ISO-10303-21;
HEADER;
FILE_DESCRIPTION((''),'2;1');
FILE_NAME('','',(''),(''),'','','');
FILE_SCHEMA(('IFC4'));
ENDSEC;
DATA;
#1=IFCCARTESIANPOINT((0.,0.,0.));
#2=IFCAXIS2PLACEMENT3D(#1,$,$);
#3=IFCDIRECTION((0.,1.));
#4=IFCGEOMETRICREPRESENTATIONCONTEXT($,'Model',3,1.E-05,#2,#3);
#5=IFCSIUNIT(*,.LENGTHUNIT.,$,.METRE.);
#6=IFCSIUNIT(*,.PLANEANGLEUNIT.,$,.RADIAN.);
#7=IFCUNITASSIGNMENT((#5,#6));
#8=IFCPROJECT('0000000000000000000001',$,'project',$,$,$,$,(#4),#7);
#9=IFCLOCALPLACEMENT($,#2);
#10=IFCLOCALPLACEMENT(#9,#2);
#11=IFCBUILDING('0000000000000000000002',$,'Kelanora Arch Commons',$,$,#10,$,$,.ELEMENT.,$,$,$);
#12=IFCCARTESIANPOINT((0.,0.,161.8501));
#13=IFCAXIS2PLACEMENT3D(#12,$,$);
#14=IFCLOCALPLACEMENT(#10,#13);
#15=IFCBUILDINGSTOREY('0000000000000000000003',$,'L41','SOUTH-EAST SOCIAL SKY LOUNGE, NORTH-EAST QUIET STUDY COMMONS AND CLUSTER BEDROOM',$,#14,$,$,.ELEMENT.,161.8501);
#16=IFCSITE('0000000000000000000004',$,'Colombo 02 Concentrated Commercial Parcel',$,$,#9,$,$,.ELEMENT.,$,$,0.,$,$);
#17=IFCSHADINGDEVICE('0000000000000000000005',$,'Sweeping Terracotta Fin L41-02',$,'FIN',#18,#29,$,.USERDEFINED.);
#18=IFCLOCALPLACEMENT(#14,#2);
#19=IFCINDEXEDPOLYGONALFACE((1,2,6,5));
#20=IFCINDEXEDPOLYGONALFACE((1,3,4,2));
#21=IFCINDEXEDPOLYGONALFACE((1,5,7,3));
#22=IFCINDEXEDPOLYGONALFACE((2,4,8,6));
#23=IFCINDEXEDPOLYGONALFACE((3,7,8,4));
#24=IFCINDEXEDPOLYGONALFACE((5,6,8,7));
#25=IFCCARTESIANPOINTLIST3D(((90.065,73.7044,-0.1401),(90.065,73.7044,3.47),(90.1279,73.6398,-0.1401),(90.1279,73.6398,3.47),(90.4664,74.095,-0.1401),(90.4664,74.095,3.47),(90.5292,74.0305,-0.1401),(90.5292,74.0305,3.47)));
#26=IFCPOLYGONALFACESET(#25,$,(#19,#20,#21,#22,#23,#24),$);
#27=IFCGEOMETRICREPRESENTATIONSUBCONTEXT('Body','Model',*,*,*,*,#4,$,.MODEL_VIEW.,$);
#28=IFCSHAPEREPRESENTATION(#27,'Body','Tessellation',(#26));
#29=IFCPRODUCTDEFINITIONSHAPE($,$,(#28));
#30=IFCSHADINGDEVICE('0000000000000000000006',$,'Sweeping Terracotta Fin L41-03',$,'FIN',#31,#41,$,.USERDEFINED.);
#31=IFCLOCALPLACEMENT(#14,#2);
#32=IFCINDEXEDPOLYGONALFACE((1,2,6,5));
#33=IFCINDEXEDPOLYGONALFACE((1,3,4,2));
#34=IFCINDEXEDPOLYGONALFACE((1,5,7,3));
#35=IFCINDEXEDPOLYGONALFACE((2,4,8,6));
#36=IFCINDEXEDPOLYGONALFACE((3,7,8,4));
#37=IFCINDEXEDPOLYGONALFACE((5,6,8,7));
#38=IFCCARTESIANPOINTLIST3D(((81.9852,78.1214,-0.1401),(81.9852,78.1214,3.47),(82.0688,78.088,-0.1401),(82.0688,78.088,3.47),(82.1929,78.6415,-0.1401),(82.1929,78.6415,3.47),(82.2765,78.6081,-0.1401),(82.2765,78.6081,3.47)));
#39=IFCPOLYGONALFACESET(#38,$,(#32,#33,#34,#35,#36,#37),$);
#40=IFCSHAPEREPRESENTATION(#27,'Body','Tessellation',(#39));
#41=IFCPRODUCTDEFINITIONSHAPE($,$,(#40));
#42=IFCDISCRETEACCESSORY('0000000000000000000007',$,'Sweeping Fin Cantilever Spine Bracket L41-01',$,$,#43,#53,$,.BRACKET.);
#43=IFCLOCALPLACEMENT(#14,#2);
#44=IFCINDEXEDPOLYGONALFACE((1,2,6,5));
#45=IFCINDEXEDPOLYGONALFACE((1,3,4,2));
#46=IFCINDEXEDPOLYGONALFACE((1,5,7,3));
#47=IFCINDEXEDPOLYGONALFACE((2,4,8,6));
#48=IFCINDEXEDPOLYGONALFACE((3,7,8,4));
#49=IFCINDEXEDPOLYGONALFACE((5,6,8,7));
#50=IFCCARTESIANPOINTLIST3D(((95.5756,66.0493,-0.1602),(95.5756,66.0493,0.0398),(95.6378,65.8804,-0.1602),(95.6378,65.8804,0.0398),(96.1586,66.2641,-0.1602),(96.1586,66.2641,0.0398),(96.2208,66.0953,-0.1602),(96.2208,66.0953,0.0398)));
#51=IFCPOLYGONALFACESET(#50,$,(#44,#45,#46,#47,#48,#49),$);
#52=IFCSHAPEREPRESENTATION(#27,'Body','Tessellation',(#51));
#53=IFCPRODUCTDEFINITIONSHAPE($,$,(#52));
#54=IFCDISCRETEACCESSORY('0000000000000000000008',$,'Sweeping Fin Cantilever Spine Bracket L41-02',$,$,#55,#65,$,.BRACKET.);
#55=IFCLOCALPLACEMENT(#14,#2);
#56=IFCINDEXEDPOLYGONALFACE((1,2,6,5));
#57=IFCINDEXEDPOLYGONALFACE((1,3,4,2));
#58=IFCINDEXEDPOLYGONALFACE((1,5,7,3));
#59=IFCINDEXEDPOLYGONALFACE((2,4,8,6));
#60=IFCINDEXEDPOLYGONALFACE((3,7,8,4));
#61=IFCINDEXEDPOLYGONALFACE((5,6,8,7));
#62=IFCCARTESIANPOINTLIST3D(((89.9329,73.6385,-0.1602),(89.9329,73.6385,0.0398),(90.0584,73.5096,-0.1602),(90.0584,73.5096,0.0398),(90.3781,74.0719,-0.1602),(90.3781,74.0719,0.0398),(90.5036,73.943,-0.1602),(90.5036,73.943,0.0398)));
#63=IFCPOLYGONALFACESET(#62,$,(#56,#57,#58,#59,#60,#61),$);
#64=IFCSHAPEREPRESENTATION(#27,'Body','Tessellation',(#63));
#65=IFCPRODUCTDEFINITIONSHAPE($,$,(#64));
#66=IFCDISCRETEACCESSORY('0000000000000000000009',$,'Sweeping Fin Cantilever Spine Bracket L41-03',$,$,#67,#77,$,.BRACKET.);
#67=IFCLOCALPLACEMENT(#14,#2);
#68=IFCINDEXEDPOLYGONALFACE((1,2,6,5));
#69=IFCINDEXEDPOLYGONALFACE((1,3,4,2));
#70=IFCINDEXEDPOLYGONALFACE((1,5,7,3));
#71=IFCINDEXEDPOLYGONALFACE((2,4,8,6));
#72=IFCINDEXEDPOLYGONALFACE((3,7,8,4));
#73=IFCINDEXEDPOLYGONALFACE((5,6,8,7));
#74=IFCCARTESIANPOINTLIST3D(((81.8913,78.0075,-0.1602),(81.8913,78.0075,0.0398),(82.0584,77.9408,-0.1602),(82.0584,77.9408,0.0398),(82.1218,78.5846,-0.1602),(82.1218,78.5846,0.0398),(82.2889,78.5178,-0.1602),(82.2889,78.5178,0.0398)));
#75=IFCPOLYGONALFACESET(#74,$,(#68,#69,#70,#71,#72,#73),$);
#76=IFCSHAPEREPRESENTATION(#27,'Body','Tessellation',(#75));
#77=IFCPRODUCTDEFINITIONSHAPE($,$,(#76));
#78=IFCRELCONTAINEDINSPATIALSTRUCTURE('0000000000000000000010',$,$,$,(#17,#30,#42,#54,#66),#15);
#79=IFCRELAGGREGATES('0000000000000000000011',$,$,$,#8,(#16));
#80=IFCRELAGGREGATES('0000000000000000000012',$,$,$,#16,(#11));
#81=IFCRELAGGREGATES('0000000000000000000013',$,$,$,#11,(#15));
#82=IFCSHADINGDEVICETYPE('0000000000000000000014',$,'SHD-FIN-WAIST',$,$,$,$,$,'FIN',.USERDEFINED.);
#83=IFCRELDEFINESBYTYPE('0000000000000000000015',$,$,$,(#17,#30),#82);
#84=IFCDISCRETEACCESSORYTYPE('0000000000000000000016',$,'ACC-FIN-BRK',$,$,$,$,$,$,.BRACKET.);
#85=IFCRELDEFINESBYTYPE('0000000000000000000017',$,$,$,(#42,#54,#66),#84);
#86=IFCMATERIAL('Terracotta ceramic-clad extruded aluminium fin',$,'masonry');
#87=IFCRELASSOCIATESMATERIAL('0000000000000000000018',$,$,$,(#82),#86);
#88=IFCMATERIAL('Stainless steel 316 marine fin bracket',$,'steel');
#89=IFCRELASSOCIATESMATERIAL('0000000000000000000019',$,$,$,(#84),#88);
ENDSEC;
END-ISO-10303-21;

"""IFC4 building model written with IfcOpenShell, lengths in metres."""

from ifc_helpers import new_model, si_unit, direction, frame, origin, origin_2d, place, context, subcontext, project, spatial, rectangle, extrude, source, transform, mapped, material, type_object, element, save


model = new_model("IFC4")

# Units and contexts
model_context = context("Model", 3, precision=1e-05, world=origin(), true_north=direction((0.0, 1.0)))
body_context = subcontext(model_context, "Body", "Model", "MODEL_VIEW")
ifc_project = project(units=[si_unit("LENGTHUNIT", "METRE"), si_unit("PLANEANGLEUNIT", "RADIAN")], contexts=[model_context])

# Site, building, storey
site_placement = place(None, origin())
site = spatial("IfcSite", under=ifc_project, at=site_placement, Name="Colombo 02 Concentrated Commercial Parcel", CompositionType="ELEMENT", RefElevation=0.0)
building_placement = place(site_placement, origin())
building = spatial("IfcBuilding", under=site, at=building_placement, Name="Kelanora Arch Commons", CompositionType="ELEMENT")
storey_placement = place(building_placement, frame((0.0, 0.0, 161.8501)))
storey = spatial("IfcBuildingStorey", under=building, at=storey_placement, Name="L41", Description="SOUTH-EAST SOCIAL SKY LOUNGE, NORTH-EAST QUIET STUDY COMMONS AND CLUSTER BEDROOM", CompositionType="ELEMENT", Elevation=161.8501)

# Shading devices
ifc_material_1 = material(Name="Terracotta ceramic-clad extruded aluminium fin", Category="masonry")
shading_device_type = type_object("IfcShadingDeviceType", Name="SHD-FIN-WAIST", ElementType="FIN", PredefinedType="USERDEFINED", material=ifc_material_1)
shared_shape_1 = source(origin(), body_context, "Body", "SweptSolid", [
    extrude(rectangle(XDim=0.5601, YDim=0.0901, at=origin_2d()), origin(), (0.0, 0.0, 1.0), 3.6101),
])
for number, where, z_axis, x_axis, name in (
    (1, (90.2971, 73.8674, -0.1401), (0.0, 0.0, 1.0), (0.716545, 0.69754, 0.0), "Sweeping Terracotta Fin L41-02"),
    (2, (82.1309, 78.3647, -0.1401), (0.0, 0.0, 1.0), (0.370882, 0.92868, 0.0), "Sweeping Terracotta Fin L41-03"),
):
    element("IfcShadingDevice", number, at=place(storey_placement, frame(where, z_axis=z_axis, x_axis=x_axis)), inside=storey, type_object=shading_device_type, Name=name, ObjectType="FIN", PredefinedType="USERDEFINED", context=body_context, shape_type="MappedRepresentation", body=[
        mapped(shared_shape_1, transform((0.0, 0.0, 0.0), scale=1.0)),
    ])

# Discrete accessories
ifc_material_2 = material(Name="Stainless steel 316 marine fin bracket", Category="steel")
discrete_accessory_type = type_object("IfcDiscreteAccessoryType", Name="ACC-FIN-BRK", PredefinedType="BRACKET", material=ifc_material_2)
shared_shape_2 = source(origin(), body_context, "Body", "SweptSolid", [
    extrude(rectangle(XDim=0.6213, YDim=0.1799, at=origin_2d()), origin(), (0.0, 0.0, 1.0), 0.2),
])
for number, where, z_axis, x_axis, name in (
    (3, (95.8982, 66.0723, -0.1602), (0.0, 0.0, 1.0), (0.938312, 0.34579, 0.0), "Sweeping Fin Cantilever Spine Bracket L41-01"),
    (4, (90.2183, 73.7908, -0.1602), (0.0, 0.0, 1.0), (0.716545, 0.69754, 0.0), "Sweeping Fin Cantilever Spine Bracket L41-02"),
    (5, (82.0901, 78.2627, -0.1602), (0.0, 0.0, 1.0), (0.370882, 0.92868, 0.0), "Sweeping Fin Cantilever Spine Bracket L41-03"),
):
    element("IfcDiscreteAccessory", number, at=place(storey_placement, frame(where, z_axis=z_axis, x_axis=x_axis)), inside=storey, type_object=discrete_accessory_type, Name=name, PredefinedType="BRACKET", context=body_context, shape_type="MappedRepresentation", body=[
        mapped(shared_shape_2, transform((0.0, 0.0, 0.0), scale=1.0)),
    ])

save(model, "model.ifc")
